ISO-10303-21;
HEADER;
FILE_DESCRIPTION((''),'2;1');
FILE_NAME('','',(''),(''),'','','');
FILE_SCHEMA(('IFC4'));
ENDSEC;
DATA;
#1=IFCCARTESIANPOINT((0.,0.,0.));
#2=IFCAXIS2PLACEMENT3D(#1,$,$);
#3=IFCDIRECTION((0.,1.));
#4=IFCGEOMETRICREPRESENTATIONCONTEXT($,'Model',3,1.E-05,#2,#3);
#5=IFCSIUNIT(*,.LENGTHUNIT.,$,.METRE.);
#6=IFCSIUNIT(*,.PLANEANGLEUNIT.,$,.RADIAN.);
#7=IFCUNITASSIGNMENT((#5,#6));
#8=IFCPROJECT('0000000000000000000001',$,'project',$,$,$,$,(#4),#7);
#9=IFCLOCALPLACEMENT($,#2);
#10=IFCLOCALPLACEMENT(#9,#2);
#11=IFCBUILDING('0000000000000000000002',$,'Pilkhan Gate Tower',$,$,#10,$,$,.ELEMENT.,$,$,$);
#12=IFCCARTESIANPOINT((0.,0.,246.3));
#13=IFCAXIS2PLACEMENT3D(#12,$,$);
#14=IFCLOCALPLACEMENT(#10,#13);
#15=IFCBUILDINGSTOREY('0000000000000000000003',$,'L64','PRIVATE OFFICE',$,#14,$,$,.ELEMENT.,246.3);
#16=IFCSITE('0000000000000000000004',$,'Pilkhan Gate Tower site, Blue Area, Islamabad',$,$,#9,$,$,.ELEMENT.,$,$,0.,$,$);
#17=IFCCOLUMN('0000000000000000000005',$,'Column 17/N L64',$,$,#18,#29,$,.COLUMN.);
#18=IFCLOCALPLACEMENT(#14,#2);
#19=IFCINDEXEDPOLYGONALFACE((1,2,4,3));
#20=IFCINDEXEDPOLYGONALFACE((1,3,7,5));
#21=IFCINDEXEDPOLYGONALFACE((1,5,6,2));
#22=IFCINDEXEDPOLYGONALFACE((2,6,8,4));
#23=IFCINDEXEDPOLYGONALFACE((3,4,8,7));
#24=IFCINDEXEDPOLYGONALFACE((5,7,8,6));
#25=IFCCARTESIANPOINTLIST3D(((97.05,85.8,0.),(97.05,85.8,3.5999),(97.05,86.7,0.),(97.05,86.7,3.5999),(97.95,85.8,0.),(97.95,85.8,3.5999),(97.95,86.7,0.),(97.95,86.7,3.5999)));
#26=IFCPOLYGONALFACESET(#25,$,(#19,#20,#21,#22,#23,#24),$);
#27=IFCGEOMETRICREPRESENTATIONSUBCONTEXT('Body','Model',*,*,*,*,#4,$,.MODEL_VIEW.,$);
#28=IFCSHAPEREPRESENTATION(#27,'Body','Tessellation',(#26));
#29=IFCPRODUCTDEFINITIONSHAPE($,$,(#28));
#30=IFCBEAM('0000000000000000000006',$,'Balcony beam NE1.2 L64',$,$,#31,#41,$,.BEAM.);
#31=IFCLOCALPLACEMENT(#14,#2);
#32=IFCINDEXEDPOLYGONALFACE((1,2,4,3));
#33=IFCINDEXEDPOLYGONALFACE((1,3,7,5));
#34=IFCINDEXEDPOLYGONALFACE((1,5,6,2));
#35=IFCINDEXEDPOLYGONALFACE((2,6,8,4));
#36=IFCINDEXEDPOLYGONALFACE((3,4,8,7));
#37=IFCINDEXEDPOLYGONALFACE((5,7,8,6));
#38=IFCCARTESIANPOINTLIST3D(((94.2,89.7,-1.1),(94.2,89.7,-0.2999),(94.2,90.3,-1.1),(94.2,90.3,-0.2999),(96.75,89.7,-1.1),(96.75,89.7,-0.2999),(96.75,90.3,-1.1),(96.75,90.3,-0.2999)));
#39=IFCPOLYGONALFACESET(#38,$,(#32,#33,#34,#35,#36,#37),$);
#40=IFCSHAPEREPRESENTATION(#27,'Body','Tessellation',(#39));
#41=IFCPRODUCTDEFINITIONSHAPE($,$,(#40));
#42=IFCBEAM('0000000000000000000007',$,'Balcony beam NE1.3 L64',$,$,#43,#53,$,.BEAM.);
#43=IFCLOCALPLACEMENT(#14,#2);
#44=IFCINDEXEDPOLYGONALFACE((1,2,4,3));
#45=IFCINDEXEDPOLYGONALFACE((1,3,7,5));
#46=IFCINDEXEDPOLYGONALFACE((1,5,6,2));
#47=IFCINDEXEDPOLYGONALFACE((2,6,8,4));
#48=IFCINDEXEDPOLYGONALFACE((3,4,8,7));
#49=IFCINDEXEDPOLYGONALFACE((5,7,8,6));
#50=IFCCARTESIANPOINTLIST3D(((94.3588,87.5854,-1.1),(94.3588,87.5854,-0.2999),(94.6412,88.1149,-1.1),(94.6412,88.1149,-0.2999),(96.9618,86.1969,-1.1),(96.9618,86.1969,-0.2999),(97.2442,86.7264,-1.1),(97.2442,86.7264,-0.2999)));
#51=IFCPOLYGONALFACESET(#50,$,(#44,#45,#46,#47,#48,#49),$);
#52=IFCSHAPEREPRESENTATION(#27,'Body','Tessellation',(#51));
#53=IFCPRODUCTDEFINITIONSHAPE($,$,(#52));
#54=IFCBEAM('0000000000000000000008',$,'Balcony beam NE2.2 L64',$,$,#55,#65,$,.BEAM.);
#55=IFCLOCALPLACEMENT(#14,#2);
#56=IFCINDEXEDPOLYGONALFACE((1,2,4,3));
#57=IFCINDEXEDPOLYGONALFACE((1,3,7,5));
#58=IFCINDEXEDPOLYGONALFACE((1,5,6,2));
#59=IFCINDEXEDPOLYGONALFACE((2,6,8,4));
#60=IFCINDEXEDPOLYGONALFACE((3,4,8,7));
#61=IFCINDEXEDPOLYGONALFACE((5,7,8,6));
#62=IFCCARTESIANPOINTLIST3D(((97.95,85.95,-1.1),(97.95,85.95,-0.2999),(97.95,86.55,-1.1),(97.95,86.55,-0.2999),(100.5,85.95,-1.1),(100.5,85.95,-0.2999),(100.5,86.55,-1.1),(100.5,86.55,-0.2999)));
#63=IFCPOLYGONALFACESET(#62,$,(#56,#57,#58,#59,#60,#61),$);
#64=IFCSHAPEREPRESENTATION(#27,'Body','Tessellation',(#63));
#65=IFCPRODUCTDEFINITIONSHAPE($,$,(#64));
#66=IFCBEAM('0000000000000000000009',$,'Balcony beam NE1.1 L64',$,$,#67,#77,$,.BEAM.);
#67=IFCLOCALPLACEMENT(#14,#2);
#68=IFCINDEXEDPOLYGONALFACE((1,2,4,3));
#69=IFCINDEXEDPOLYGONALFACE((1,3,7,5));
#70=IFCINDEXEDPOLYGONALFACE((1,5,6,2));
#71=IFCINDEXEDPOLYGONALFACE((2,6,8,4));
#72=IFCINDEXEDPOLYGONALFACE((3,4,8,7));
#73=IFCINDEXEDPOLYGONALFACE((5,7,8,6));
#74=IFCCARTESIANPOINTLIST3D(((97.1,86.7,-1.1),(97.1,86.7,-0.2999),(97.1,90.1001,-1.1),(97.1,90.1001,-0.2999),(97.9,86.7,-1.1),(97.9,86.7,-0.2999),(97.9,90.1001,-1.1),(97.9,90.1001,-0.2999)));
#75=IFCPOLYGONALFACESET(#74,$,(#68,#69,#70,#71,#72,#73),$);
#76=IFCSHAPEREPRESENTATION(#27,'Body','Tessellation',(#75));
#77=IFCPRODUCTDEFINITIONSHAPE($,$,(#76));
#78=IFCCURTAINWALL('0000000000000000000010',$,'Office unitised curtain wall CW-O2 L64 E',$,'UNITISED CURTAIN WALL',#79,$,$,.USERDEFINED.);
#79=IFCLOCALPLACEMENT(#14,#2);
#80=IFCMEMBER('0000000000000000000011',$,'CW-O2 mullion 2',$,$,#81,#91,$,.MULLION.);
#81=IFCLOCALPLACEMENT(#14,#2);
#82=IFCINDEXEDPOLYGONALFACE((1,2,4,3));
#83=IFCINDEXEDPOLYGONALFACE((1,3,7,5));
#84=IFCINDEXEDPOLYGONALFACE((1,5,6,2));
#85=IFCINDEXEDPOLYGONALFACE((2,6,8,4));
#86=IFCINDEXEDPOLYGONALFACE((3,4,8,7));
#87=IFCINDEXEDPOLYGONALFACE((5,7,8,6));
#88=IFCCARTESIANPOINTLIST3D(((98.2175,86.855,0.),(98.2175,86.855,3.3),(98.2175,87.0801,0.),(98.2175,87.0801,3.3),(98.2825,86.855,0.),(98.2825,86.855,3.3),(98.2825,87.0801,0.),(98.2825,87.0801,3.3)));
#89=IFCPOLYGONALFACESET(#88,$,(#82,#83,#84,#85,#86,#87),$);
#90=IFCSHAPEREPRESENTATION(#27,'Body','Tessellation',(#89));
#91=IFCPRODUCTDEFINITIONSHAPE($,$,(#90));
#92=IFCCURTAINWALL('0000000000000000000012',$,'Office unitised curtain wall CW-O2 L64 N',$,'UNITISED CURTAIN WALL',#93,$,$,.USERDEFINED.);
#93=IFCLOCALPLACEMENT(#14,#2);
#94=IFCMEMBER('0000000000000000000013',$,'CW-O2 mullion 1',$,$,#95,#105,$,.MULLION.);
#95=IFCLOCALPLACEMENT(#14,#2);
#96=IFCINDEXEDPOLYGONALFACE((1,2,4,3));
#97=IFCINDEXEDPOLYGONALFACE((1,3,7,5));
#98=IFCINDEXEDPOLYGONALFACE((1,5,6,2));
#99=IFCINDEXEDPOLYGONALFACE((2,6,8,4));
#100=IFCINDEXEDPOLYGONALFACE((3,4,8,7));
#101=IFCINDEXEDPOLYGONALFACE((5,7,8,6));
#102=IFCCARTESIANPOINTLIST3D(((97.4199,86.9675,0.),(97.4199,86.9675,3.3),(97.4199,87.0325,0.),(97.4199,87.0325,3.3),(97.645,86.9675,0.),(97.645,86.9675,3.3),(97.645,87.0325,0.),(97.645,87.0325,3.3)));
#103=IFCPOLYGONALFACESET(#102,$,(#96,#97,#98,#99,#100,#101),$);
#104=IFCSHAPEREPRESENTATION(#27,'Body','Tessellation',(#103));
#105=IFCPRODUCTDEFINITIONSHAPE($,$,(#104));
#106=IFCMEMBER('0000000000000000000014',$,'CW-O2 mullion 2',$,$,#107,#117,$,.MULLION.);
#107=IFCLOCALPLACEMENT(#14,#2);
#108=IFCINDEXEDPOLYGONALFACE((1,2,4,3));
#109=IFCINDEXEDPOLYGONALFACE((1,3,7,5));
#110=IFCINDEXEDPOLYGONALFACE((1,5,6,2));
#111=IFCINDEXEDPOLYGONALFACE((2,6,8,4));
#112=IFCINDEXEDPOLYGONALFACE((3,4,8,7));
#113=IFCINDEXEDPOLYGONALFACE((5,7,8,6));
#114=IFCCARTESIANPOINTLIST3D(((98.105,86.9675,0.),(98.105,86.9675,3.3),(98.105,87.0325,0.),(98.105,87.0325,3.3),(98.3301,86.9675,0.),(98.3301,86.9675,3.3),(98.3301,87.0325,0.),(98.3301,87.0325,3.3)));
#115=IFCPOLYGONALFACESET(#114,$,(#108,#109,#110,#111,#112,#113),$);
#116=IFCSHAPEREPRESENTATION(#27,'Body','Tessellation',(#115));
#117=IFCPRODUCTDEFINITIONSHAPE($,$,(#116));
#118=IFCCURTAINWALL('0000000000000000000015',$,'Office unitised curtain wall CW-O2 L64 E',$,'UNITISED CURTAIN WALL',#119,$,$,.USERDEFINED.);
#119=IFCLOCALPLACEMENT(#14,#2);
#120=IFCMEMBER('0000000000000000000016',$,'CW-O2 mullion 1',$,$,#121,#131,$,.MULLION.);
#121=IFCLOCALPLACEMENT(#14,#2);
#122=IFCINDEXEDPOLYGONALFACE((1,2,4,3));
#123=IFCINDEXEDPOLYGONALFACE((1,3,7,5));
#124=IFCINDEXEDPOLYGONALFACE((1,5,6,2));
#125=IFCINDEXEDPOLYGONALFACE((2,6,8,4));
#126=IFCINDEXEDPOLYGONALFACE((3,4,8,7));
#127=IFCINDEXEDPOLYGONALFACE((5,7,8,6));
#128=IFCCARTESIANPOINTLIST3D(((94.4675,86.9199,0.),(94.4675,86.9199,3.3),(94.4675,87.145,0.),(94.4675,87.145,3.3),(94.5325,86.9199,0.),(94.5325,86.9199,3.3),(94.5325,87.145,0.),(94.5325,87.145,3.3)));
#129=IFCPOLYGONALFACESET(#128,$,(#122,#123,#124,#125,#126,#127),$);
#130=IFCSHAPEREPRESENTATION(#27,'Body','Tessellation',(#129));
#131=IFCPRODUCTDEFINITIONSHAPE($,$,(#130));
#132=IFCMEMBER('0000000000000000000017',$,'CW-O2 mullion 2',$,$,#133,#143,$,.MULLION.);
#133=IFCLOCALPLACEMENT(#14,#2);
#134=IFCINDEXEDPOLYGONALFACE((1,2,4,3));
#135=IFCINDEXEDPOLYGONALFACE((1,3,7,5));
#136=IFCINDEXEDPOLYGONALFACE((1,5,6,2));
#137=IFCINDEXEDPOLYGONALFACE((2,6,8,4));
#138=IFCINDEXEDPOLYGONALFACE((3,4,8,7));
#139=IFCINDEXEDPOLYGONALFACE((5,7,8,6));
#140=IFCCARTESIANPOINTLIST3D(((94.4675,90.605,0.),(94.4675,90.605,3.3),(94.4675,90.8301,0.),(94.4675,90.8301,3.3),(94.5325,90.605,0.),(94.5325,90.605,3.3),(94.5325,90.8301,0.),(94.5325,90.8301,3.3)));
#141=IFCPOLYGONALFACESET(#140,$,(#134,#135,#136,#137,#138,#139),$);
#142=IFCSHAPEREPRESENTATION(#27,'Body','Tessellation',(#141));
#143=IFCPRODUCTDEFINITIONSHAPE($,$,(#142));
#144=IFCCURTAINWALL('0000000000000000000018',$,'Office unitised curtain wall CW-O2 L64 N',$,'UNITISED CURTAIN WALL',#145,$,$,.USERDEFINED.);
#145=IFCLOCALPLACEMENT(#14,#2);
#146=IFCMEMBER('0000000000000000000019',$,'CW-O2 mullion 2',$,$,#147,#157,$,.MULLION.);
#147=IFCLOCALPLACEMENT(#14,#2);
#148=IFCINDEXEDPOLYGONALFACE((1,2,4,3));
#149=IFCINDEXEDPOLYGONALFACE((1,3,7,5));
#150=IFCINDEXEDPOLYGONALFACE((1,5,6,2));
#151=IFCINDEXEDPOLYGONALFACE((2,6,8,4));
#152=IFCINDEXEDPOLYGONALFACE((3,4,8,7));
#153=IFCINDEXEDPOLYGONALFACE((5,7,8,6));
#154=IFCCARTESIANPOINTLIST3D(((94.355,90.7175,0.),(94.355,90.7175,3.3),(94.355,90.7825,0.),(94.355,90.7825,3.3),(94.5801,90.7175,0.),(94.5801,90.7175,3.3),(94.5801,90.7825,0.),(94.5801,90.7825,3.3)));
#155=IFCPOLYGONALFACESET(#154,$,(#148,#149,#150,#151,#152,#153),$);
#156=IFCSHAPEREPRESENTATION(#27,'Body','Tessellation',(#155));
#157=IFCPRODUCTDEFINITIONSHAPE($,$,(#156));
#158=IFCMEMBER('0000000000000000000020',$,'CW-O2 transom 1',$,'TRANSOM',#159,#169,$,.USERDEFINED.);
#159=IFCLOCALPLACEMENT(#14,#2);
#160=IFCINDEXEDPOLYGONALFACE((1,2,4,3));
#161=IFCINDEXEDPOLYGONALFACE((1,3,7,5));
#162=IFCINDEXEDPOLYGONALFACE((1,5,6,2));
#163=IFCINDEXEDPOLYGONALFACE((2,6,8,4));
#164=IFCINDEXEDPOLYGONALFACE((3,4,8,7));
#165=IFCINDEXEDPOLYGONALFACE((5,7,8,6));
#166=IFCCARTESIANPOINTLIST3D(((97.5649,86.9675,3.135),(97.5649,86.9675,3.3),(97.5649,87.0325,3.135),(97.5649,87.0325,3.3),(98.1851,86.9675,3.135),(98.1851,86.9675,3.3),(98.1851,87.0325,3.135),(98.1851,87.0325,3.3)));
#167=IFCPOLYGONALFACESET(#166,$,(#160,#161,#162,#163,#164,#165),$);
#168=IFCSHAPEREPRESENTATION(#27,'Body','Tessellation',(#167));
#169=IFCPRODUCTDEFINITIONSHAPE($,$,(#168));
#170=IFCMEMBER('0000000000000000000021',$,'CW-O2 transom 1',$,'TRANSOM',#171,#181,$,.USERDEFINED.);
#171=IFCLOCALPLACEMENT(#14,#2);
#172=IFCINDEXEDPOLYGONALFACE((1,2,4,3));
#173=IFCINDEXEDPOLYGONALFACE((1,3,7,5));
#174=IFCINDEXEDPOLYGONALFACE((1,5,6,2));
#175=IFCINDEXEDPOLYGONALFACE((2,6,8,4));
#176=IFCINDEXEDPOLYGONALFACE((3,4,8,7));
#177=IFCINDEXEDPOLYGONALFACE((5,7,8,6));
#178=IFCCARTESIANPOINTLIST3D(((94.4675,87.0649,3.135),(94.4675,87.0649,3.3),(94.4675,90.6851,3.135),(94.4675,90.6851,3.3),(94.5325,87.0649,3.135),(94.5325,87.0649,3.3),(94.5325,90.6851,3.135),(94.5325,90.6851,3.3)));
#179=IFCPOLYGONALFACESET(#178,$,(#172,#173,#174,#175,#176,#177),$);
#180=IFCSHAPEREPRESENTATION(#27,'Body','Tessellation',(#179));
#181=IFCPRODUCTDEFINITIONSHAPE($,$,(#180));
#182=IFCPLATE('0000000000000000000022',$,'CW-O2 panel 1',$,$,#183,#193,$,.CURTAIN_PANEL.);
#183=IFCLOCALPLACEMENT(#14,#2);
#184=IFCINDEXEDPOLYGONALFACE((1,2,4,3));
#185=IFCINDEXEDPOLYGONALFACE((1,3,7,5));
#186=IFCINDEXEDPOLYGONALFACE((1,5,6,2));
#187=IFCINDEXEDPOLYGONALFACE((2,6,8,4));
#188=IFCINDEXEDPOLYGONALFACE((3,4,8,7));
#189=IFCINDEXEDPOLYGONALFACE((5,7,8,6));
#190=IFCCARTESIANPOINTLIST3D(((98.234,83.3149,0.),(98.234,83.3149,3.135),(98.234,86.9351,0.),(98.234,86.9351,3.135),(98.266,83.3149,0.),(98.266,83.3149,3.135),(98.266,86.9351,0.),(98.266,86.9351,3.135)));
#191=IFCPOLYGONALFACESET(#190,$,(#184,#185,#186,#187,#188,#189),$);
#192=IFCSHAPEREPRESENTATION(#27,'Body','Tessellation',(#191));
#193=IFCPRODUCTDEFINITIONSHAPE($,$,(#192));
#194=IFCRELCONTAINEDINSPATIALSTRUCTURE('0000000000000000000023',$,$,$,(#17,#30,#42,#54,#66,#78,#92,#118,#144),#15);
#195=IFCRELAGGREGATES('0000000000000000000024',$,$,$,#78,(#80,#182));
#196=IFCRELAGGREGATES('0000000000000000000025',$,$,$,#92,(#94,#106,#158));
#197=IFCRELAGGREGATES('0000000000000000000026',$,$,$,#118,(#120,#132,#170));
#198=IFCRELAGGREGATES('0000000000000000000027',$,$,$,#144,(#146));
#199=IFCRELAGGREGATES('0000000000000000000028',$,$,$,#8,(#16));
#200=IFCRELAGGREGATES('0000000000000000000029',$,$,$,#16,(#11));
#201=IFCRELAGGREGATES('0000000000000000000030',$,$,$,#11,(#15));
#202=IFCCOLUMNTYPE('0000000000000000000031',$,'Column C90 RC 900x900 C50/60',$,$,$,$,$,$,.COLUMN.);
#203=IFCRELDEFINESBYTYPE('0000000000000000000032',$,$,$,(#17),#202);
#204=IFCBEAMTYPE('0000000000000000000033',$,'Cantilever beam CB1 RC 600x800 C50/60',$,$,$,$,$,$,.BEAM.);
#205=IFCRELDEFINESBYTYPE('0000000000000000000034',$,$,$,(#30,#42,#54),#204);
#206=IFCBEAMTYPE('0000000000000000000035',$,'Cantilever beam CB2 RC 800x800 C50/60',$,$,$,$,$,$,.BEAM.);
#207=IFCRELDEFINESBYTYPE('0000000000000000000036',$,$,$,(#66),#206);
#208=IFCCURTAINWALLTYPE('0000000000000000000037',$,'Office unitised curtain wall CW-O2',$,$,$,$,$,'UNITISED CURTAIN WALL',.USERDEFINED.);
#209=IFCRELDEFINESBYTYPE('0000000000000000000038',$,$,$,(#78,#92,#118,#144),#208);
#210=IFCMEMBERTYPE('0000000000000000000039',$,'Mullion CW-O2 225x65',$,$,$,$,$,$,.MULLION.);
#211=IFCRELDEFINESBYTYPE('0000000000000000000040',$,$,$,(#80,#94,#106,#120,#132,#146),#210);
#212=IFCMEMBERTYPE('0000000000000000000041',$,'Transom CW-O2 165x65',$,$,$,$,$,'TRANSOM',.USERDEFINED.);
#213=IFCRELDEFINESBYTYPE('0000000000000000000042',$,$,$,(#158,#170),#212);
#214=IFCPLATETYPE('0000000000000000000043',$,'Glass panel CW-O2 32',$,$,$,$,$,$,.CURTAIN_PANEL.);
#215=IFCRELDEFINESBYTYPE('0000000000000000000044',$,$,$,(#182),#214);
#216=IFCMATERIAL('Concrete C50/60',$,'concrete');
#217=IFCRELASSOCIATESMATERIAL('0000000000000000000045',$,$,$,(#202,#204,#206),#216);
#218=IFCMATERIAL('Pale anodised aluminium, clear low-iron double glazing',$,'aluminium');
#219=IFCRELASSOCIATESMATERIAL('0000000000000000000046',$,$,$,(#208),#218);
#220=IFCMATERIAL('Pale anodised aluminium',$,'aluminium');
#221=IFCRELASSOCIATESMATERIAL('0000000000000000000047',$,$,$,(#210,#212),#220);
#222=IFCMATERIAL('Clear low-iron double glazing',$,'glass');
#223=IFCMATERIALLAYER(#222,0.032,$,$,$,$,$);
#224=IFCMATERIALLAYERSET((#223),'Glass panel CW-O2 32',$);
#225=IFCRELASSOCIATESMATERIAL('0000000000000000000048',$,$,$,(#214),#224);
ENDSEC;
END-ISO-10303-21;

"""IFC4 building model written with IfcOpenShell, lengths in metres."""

from ifc_helpers import new_model, si_unit, direction, frame, origin, origin_2d, place, context, subcontext, project, spatial, rectangle, extrude, material, layer, layer_set, material_profile, profile_set, type_object, element, aggregate, save


model = new_model("IFC4")

# Units and contexts
model_context = context("Model", 3, precision=1e-05, world=origin(), true_north=direction((0.0, 1.0)))
body_context = subcontext(model_context, "Body", "Model", "MODEL_VIEW")
ifc_project = project(units=[si_unit("LENGTHUNIT", "METRE"), si_unit("PLANEANGLEUNIT", "RADIAN")], contexts=[model_context])

# Site, building, storey
site_placement = place(None, origin())
site = spatial("IfcSite", under=ifc_project, at=site_placement, Name="Pilkhan Gate Tower site, Blue Area, Islamabad", CompositionType="ELEMENT", RefElevation=0.0)
building_placement = place(site_placement, origin())
building = spatial("IfcBuilding", under=site, at=building_placement, Name="Pilkhan Gate Tower", CompositionType="ELEMENT")
storey_placement = place(building_placement, frame((0.0, 0.0, 246.3)))
storey = spatial("IfcBuildingStorey", under=building, at=storey_placement, Name="L64", Description="PRIVATE OFFICE", CompositionType="ELEMENT", Elevation=246.3)

# Column
ifc_material_1 = material(Name="Concrete C50/60", Category="concrete")
ifc_material_profile_1 = material_profile(ifc_material_1, rectangle(XDim=0.8999, YDim=0.8999, at=origin_2d()), Name="RC 900x900")
ifc_profile_set_1 = profile_set([ifc_material_profile_1], Name="Concrete C50/60")
column_type = type_object("IfcColumnType", Name="Column C90 RC 900x900 C50/60", PredefinedType="COLUMN", material=ifc_profile_set_1)
column_placement = place(storey_placement, frame((97.5, 86.25, 0.0), z_axis=(0.0, 0.0, 1.0), x_axis=(1.0, 0.0, 0.0)))
element("IfcColumn", 1, at=column_placement, inside=storey, type_object=column_type, Name="Column 17/N L64", PredefinedType="COLUMN", context=body_context, shape_type="SweptSolid", body=[
    extrude(rectangle(XDim=0.8999, YDim=0.8999, at=origin_2d()), origin(), (0.0, 0.0, 1.0), 3.5999),
])

# Beams
ifc_material_profile_2 = material_profile(ifc_material_1, rectangle(XDim=0.6001, YDim=0.8, at=origin_2d()), Name="RC 600x800")
ifc_profile_set_2 = profile_set([ifc_material_profile_2], Name="Concrete C50/60")
beam_type_1 = type_object("IfcBeamType", Name="Cantilever beam CB1 RC 600x800 C50/60", PredefinedType="BEAM", material=ifc_profile_set_2)
beam_1_placement = place(storey_placement, frame((94.2, 90.0, -0.7), z_axis=(1.0, 0.0, 0.0), x_axis=(0.0, 1.0, 0.0)))
element("IfcBeam", 2, at=beam_1_placement, inside=storey, type_object=beam_type_1, Name="Balcony beam NE1.2 L64", PredefinedType="BEAM", context=body_context, shape_type="SweptSolid", body=[
    extrude(rectangle(XDim=0.6001, YDim=0.8, at=origin_2d()), origin(), (0.0, 0.0, 1.0), 2.55),
])
beam_2_placement = place(storey_placement, frame((97.103, 86.4617, -0.7), z_axis=(-0.882332, 0.470627, 0.0), x_axis=(-0.470627, -0.882332, 0.0)))
element("IfcBeam", 3, at=beam_2_placement, inside=storey, type_object=beam_type_1, Name="Balcony beam NE1.3 L64", PredefinedType="BEAM", context=body_context, shape_type="SweptSolid", body=[
    extrude(rectangle(XDim=0.6001, YDim=0.8, at=origin_2d()), origin(), (0.0, 0.0, 1.0), 2.9502),
])
beam_3_placement = place(storey_placement, frame((97.95, 86.25, -0.7), z_axis=(1.0, 0.0, 0.0), x_axis=(0.0, 1.0, 0.0)))
element("IfcBeam", 4, at=beam_3_placement, inside=storey, type_object=beam_type_1, Name="Balcony beam NE2.2 L64", PredefinedType="BEAM", context=body_context, shape_type="SweptSolid", body=[
    extrude(rectangle(XDim=0.6001, YDim=0.8, at=origin_2d()), origin(), (0.0, 0.0, 1.0), 2.55),
])
ifc_material_profile_3 = material_profile(ifc_material_1, rectangle(XDim=0.8, YDim=0.8, at=origin_2d()), Name="RC 800x800")
ifc_profile_set_3 = profile_set([ifc_material_profile_3], Name="Concrete C50/60")
beam_type_2 = type_object("IfcBeamType", Name="Cantilever beam CB2 RC 800x800 C50/60", PredefinedType="BEAM", material=ifc_profile_set_3)
beam_4_placement = place(storey_placement, frame((97.5, 86.7, -0.7), z_axis=(0.0, 1.0, 0.0), x_axis=(-1.0, 0.0, 0.0)))
element("IfcBeam", 5, at=beam_4_placement, inside=storey, type_object=beam_type_2, Name="Balcony beam NE1.1 L64", PredefinedType="BEAM", context=body_context, shape_type="SweptSolid", body=[
    extrude(rectangle(XDim=0.8, YDim=0.8, at=origin_2d()), origin(), (0.0, 0.0, 1.0), 3.4001),
])

# Curtain wall, member
ifc_material_2 = material(Name="Pale anodised aluminium, clear low-iron double glazing", Category="aluminium")
curtain_wall_type = type_object("IfcCurtainWallType", Name="Office unitised curtain wall CW-O2", ElementType="UNITISED CURTAIN WALL", PredefinedType="USERDEFINED", material=ifc_material_2)
curtain_wall_1_placement = place(storey_placement, origin())
curtain_wall_1 = element("IfcCurtainWall", 6, at=curtain_wall_1_placement, inside=storey, type_object=curtain_wall_type, Name="Office unitised curtain wall CW-O2 L64 E", ObjectType="UNITISED CURTAIN WALL", PredefinedType="USERDEFINED")
ifc_material_3 = material(Name="Pale anodised aluminium", Category="aluminium")
ifc_material_profile_4 = material_profile(ifc_material_3, rectangle(XDim=0.0649, YDim=0.2251, at=origin_2d()), Name="Mullion 225x65")
ifc_profile_set_4 = profile_set([ifc_material_profile_4], Name="Pale anodised aluminium")
member_type_1 = type_object("IfcMemberType", Name="Mullion CW-O2 225x65", PredefinedType="MULLION", material=ifc_profile_set_4)
member_1_placement = place(storey_placement, frame((98.25, 86.9675, 0.0), z_axis=(0.0, 0.0, 1.0), x_axis=(-1.0, 0.0, 0.0)))
member_1 = element("IfcMember", 7, at=member_1_placement, type_object=member_type_1, Name="CW-O2 mullion 2", PredefinedType="MULLION", context=body_context, shape_type="SweptSolid", body=[
    extrude(rectangle(XDim=0.0649, YDim=0.2251, at=origin_2d()), origin(), (0.0, 0.0, 1.0), 3.3),
])

# Curtain walls, members
curtain_wall_2_placement = place(storey_placement, origin())
curtain_wall_2 = element("IfcCurtainWall", 8, at=curtain_wall_2_placement, inside=storey, type_object=curtain_wall_type, Name="Office unitised curtain wall CW-O2 L64 N", ObjectType="UNITISED CURTAIN WALL", PredefinedType="USERDEFINED")
member_2_placement = place(storey_placement, frame((97.5325, 87.0, 0.0), z_axis=(0.0, 0.0, 1.0), x_axis=(0.0, 1.0, 0.0)))
member_2 = element("IfcMember", 9, at=member_2_placement, type_object=member_type_1, Name="CW-O2 mullion 1", PredefinedType="MULLION", context=body_context, shape_type="SweptSolid", body=[
    extrude(rectangle(XDim=0.0649, YDim=0.2251, at=origin_2d()), origin(), (0.0, 0.0, 1.0), 3.3),
])
member_3_placement = place(storey_placement, frame((98.2175, 87.0, 0.0), z_axis=(0.0, 0.0, 1.0), x_axis=(0.0, 1.0, 0.0)))
member_3 = element("IfcMember", 10, at=member_3_placement, type_object=member_type_1, Name="CW-O2 mullion 2", PredefinedType="MULLION", context=body_context, shape_type="SweptSolid", body=[
    extrude(rectangle(XDim=0.0649, YDim=0.2251, at=origin_2d()), origin(), (0.0, 0.0, 1.0), 3.3),
])
curtain_wall_3_placement = place(storey_placement, origin())
curtain_wall_3 = element("IfcCurtainWall", 11, at=curtain_wall_3_placement, inside=storey, type_object=curtain_wall_type, Name="Office unitised curtain wall CW-O2 L64 E", ObjectType="UNITISED CURTAIN WALL", PredefinedType="USERDEFINED")
member_4_placement = place(storey_placement, frame((94.5, 87.0325, 0.0), z_axis=(0.0, 0.0, 1.0), x_axis=(-1.0, 0.0, 0.0)))
member_4 = element("IfcMember", 12, at=member_4_placement, type_object=member_type_1, Name="CW-O2 mullion 1", PredefinedType="MULLION", context=body_context, shape_type="SweptSolid", body=[
    extrude(rectangle(XDim=0.0649, YDim=0.2251, at=origin_2d()), origin(), (0.0, 0.0, 1.0), 3.3),
])
member_5_placement = place(storey_placement, frame((94.5, 90.7175, 0.0), z_axis=(0.0, 0.0, 1.0), x_axis=(-1.0, 0.0, 0.0)))
member_5 = element("IfcMember", 13, at=member_5_placement, type_object=member_type_1, Name="CW-O2 mullion 2", PredefinedType="MULLION", context=body_context, shape_type="SweptSolid", body=[
    extrude(rectangle(XDim=0.0649, YDim=0.2251, at=origin_2d()), origin(), (0.0, 0.0, 1.0), 3.3),
])

# Curtain wall, member
curtain_wall_4_placement = place(storey_placement, origin())
curtain_wall_4 = element("IfcCurtainWall", 14, at=curtain_wall_4_placement, inside=storey, type_object=curtain_wall_type, Name="Office unitised curtain wall CW-O2 L64 N", ObjectType="UNITISED CURTAIN WALL", PredefinedType="USERDEFINED")
member_6_placement = place(storey_placement, frame((94.4675, 90.75, 0.0), z_axis=(0.0, 0.0, 1.0), x_axis=(0.0, 1.0, 0.0)))
member_6 = element("IfcMember", 15, at=member_6_placement, type_object=member_type_1, Name="CW-O2 mullion 2", PredefinedType="MULLION", context=body_context, shape_type="SweptSolid", body=[
    extrude(rectangle(XDim=0.0649, YDim=0.2251, at=origin_2d()), origin(), (0.0, 0.0, 1.0), 3.3),
])

# Members
ifc_material_profile_5 = material_profile(ifc_material_3, rectangle(XDim=0.0649, YDim=0.165, at=origin_2d()), Name="Transom 165x65")
ifc_profile_set_5 = profile_set([ifc_material_profile_5], Name="Pale anodised aluminium")
member_type_2 = type_object("IfcMemberType", Name="Transom CW-O2 165x65", ElementType="TRANSOM", PredefinedType="USERDEFINED", material=ifc_profile_set_5)
member_7_placement = place(storey_placement, frame((97.5649, 87.0, 3.2175), z_axis=(1.0, 0.0, 0.0), x_axis=(0.0, 1.0, 0.0)))
member_7 = element("IfcMember", 16, at=member_7_placement, type_object=member_type_2, Name="CW-O2 transom 1", ObjectType="TRANSOM", PredefinedType="USERDEFINED", context=body_context, shape_type="SweptSolid", body=[
    extrude(rectangle(XDim=0.0649, YDim=0.165, at=origin_2d()), origin(), (0.0, 0.0, 1.0), 0.6201),
])
member_8_placement = place(storey_placement, frame((94.5, 87.0649, 3.2175), z_axis=(0.0, 1.0, 0.0), x_axis=(-1.0, 0.0, 0.0)))
member_8 = element("IfcMember", 17, at=member_8_placement, type_object=member_type_2, Name="CW-O2 transom 1", ObjectType="TRANSOM", PredefinedType="USERDEFINED", context=body_context, shape_type="SweptSolid", body=[
    extrude(rectangle(XDim=0.0649, YDim=0.165, at=origin_2d()), origin(), (0.0, 0.0, 1.0), 3.6201),
])

# Plate
ifc_material_4 = material(Name="Clear low-iron double glazing", Category="glass")
ifc_layer_1 = layer(ifc_material_4, 0.032)
ifc_layer_set_1 = layer_set([ifc_layer_1], Name="Glass panel CW-O2 32")
plate_type = type_object("IfcPlateType", Name="Glass panel CW-O2 32", PredefinedType="CURTAIN_PANEL", material=ifc_layer_set_1)
plate_1_placement = place(storey_placement, frame((98.25, 85.125, 0.0), z_axis=(0.0, 0.0, 1.0), x_axis=(0.0, 1.0, 0.0)))
plate_1 = element("IfcPlate", 18, at=plate_1_placement, type_object=plate_type, Name="CW-O2 panel 1", PredefinedType="CURTAIN_PANEL", context=body_context, shape_type="SweptSolid", body=[
    extrude(rectangle(XDim=3.6201, YDim=0.032, at=origin_2d()), origin(), (0.0, 0.0, 1.0), 3.135),
])
aggregate(curtain_wall_1, [member_1, plate_1])
aggregate(curtain_wall_2, [member_2, member_3, member_7])
aggregate(curtain_wall_3, [member_4, member_5, member_8])
aggregate(curtain_wall_4, [member_6])

save(model, "model.ifc")
